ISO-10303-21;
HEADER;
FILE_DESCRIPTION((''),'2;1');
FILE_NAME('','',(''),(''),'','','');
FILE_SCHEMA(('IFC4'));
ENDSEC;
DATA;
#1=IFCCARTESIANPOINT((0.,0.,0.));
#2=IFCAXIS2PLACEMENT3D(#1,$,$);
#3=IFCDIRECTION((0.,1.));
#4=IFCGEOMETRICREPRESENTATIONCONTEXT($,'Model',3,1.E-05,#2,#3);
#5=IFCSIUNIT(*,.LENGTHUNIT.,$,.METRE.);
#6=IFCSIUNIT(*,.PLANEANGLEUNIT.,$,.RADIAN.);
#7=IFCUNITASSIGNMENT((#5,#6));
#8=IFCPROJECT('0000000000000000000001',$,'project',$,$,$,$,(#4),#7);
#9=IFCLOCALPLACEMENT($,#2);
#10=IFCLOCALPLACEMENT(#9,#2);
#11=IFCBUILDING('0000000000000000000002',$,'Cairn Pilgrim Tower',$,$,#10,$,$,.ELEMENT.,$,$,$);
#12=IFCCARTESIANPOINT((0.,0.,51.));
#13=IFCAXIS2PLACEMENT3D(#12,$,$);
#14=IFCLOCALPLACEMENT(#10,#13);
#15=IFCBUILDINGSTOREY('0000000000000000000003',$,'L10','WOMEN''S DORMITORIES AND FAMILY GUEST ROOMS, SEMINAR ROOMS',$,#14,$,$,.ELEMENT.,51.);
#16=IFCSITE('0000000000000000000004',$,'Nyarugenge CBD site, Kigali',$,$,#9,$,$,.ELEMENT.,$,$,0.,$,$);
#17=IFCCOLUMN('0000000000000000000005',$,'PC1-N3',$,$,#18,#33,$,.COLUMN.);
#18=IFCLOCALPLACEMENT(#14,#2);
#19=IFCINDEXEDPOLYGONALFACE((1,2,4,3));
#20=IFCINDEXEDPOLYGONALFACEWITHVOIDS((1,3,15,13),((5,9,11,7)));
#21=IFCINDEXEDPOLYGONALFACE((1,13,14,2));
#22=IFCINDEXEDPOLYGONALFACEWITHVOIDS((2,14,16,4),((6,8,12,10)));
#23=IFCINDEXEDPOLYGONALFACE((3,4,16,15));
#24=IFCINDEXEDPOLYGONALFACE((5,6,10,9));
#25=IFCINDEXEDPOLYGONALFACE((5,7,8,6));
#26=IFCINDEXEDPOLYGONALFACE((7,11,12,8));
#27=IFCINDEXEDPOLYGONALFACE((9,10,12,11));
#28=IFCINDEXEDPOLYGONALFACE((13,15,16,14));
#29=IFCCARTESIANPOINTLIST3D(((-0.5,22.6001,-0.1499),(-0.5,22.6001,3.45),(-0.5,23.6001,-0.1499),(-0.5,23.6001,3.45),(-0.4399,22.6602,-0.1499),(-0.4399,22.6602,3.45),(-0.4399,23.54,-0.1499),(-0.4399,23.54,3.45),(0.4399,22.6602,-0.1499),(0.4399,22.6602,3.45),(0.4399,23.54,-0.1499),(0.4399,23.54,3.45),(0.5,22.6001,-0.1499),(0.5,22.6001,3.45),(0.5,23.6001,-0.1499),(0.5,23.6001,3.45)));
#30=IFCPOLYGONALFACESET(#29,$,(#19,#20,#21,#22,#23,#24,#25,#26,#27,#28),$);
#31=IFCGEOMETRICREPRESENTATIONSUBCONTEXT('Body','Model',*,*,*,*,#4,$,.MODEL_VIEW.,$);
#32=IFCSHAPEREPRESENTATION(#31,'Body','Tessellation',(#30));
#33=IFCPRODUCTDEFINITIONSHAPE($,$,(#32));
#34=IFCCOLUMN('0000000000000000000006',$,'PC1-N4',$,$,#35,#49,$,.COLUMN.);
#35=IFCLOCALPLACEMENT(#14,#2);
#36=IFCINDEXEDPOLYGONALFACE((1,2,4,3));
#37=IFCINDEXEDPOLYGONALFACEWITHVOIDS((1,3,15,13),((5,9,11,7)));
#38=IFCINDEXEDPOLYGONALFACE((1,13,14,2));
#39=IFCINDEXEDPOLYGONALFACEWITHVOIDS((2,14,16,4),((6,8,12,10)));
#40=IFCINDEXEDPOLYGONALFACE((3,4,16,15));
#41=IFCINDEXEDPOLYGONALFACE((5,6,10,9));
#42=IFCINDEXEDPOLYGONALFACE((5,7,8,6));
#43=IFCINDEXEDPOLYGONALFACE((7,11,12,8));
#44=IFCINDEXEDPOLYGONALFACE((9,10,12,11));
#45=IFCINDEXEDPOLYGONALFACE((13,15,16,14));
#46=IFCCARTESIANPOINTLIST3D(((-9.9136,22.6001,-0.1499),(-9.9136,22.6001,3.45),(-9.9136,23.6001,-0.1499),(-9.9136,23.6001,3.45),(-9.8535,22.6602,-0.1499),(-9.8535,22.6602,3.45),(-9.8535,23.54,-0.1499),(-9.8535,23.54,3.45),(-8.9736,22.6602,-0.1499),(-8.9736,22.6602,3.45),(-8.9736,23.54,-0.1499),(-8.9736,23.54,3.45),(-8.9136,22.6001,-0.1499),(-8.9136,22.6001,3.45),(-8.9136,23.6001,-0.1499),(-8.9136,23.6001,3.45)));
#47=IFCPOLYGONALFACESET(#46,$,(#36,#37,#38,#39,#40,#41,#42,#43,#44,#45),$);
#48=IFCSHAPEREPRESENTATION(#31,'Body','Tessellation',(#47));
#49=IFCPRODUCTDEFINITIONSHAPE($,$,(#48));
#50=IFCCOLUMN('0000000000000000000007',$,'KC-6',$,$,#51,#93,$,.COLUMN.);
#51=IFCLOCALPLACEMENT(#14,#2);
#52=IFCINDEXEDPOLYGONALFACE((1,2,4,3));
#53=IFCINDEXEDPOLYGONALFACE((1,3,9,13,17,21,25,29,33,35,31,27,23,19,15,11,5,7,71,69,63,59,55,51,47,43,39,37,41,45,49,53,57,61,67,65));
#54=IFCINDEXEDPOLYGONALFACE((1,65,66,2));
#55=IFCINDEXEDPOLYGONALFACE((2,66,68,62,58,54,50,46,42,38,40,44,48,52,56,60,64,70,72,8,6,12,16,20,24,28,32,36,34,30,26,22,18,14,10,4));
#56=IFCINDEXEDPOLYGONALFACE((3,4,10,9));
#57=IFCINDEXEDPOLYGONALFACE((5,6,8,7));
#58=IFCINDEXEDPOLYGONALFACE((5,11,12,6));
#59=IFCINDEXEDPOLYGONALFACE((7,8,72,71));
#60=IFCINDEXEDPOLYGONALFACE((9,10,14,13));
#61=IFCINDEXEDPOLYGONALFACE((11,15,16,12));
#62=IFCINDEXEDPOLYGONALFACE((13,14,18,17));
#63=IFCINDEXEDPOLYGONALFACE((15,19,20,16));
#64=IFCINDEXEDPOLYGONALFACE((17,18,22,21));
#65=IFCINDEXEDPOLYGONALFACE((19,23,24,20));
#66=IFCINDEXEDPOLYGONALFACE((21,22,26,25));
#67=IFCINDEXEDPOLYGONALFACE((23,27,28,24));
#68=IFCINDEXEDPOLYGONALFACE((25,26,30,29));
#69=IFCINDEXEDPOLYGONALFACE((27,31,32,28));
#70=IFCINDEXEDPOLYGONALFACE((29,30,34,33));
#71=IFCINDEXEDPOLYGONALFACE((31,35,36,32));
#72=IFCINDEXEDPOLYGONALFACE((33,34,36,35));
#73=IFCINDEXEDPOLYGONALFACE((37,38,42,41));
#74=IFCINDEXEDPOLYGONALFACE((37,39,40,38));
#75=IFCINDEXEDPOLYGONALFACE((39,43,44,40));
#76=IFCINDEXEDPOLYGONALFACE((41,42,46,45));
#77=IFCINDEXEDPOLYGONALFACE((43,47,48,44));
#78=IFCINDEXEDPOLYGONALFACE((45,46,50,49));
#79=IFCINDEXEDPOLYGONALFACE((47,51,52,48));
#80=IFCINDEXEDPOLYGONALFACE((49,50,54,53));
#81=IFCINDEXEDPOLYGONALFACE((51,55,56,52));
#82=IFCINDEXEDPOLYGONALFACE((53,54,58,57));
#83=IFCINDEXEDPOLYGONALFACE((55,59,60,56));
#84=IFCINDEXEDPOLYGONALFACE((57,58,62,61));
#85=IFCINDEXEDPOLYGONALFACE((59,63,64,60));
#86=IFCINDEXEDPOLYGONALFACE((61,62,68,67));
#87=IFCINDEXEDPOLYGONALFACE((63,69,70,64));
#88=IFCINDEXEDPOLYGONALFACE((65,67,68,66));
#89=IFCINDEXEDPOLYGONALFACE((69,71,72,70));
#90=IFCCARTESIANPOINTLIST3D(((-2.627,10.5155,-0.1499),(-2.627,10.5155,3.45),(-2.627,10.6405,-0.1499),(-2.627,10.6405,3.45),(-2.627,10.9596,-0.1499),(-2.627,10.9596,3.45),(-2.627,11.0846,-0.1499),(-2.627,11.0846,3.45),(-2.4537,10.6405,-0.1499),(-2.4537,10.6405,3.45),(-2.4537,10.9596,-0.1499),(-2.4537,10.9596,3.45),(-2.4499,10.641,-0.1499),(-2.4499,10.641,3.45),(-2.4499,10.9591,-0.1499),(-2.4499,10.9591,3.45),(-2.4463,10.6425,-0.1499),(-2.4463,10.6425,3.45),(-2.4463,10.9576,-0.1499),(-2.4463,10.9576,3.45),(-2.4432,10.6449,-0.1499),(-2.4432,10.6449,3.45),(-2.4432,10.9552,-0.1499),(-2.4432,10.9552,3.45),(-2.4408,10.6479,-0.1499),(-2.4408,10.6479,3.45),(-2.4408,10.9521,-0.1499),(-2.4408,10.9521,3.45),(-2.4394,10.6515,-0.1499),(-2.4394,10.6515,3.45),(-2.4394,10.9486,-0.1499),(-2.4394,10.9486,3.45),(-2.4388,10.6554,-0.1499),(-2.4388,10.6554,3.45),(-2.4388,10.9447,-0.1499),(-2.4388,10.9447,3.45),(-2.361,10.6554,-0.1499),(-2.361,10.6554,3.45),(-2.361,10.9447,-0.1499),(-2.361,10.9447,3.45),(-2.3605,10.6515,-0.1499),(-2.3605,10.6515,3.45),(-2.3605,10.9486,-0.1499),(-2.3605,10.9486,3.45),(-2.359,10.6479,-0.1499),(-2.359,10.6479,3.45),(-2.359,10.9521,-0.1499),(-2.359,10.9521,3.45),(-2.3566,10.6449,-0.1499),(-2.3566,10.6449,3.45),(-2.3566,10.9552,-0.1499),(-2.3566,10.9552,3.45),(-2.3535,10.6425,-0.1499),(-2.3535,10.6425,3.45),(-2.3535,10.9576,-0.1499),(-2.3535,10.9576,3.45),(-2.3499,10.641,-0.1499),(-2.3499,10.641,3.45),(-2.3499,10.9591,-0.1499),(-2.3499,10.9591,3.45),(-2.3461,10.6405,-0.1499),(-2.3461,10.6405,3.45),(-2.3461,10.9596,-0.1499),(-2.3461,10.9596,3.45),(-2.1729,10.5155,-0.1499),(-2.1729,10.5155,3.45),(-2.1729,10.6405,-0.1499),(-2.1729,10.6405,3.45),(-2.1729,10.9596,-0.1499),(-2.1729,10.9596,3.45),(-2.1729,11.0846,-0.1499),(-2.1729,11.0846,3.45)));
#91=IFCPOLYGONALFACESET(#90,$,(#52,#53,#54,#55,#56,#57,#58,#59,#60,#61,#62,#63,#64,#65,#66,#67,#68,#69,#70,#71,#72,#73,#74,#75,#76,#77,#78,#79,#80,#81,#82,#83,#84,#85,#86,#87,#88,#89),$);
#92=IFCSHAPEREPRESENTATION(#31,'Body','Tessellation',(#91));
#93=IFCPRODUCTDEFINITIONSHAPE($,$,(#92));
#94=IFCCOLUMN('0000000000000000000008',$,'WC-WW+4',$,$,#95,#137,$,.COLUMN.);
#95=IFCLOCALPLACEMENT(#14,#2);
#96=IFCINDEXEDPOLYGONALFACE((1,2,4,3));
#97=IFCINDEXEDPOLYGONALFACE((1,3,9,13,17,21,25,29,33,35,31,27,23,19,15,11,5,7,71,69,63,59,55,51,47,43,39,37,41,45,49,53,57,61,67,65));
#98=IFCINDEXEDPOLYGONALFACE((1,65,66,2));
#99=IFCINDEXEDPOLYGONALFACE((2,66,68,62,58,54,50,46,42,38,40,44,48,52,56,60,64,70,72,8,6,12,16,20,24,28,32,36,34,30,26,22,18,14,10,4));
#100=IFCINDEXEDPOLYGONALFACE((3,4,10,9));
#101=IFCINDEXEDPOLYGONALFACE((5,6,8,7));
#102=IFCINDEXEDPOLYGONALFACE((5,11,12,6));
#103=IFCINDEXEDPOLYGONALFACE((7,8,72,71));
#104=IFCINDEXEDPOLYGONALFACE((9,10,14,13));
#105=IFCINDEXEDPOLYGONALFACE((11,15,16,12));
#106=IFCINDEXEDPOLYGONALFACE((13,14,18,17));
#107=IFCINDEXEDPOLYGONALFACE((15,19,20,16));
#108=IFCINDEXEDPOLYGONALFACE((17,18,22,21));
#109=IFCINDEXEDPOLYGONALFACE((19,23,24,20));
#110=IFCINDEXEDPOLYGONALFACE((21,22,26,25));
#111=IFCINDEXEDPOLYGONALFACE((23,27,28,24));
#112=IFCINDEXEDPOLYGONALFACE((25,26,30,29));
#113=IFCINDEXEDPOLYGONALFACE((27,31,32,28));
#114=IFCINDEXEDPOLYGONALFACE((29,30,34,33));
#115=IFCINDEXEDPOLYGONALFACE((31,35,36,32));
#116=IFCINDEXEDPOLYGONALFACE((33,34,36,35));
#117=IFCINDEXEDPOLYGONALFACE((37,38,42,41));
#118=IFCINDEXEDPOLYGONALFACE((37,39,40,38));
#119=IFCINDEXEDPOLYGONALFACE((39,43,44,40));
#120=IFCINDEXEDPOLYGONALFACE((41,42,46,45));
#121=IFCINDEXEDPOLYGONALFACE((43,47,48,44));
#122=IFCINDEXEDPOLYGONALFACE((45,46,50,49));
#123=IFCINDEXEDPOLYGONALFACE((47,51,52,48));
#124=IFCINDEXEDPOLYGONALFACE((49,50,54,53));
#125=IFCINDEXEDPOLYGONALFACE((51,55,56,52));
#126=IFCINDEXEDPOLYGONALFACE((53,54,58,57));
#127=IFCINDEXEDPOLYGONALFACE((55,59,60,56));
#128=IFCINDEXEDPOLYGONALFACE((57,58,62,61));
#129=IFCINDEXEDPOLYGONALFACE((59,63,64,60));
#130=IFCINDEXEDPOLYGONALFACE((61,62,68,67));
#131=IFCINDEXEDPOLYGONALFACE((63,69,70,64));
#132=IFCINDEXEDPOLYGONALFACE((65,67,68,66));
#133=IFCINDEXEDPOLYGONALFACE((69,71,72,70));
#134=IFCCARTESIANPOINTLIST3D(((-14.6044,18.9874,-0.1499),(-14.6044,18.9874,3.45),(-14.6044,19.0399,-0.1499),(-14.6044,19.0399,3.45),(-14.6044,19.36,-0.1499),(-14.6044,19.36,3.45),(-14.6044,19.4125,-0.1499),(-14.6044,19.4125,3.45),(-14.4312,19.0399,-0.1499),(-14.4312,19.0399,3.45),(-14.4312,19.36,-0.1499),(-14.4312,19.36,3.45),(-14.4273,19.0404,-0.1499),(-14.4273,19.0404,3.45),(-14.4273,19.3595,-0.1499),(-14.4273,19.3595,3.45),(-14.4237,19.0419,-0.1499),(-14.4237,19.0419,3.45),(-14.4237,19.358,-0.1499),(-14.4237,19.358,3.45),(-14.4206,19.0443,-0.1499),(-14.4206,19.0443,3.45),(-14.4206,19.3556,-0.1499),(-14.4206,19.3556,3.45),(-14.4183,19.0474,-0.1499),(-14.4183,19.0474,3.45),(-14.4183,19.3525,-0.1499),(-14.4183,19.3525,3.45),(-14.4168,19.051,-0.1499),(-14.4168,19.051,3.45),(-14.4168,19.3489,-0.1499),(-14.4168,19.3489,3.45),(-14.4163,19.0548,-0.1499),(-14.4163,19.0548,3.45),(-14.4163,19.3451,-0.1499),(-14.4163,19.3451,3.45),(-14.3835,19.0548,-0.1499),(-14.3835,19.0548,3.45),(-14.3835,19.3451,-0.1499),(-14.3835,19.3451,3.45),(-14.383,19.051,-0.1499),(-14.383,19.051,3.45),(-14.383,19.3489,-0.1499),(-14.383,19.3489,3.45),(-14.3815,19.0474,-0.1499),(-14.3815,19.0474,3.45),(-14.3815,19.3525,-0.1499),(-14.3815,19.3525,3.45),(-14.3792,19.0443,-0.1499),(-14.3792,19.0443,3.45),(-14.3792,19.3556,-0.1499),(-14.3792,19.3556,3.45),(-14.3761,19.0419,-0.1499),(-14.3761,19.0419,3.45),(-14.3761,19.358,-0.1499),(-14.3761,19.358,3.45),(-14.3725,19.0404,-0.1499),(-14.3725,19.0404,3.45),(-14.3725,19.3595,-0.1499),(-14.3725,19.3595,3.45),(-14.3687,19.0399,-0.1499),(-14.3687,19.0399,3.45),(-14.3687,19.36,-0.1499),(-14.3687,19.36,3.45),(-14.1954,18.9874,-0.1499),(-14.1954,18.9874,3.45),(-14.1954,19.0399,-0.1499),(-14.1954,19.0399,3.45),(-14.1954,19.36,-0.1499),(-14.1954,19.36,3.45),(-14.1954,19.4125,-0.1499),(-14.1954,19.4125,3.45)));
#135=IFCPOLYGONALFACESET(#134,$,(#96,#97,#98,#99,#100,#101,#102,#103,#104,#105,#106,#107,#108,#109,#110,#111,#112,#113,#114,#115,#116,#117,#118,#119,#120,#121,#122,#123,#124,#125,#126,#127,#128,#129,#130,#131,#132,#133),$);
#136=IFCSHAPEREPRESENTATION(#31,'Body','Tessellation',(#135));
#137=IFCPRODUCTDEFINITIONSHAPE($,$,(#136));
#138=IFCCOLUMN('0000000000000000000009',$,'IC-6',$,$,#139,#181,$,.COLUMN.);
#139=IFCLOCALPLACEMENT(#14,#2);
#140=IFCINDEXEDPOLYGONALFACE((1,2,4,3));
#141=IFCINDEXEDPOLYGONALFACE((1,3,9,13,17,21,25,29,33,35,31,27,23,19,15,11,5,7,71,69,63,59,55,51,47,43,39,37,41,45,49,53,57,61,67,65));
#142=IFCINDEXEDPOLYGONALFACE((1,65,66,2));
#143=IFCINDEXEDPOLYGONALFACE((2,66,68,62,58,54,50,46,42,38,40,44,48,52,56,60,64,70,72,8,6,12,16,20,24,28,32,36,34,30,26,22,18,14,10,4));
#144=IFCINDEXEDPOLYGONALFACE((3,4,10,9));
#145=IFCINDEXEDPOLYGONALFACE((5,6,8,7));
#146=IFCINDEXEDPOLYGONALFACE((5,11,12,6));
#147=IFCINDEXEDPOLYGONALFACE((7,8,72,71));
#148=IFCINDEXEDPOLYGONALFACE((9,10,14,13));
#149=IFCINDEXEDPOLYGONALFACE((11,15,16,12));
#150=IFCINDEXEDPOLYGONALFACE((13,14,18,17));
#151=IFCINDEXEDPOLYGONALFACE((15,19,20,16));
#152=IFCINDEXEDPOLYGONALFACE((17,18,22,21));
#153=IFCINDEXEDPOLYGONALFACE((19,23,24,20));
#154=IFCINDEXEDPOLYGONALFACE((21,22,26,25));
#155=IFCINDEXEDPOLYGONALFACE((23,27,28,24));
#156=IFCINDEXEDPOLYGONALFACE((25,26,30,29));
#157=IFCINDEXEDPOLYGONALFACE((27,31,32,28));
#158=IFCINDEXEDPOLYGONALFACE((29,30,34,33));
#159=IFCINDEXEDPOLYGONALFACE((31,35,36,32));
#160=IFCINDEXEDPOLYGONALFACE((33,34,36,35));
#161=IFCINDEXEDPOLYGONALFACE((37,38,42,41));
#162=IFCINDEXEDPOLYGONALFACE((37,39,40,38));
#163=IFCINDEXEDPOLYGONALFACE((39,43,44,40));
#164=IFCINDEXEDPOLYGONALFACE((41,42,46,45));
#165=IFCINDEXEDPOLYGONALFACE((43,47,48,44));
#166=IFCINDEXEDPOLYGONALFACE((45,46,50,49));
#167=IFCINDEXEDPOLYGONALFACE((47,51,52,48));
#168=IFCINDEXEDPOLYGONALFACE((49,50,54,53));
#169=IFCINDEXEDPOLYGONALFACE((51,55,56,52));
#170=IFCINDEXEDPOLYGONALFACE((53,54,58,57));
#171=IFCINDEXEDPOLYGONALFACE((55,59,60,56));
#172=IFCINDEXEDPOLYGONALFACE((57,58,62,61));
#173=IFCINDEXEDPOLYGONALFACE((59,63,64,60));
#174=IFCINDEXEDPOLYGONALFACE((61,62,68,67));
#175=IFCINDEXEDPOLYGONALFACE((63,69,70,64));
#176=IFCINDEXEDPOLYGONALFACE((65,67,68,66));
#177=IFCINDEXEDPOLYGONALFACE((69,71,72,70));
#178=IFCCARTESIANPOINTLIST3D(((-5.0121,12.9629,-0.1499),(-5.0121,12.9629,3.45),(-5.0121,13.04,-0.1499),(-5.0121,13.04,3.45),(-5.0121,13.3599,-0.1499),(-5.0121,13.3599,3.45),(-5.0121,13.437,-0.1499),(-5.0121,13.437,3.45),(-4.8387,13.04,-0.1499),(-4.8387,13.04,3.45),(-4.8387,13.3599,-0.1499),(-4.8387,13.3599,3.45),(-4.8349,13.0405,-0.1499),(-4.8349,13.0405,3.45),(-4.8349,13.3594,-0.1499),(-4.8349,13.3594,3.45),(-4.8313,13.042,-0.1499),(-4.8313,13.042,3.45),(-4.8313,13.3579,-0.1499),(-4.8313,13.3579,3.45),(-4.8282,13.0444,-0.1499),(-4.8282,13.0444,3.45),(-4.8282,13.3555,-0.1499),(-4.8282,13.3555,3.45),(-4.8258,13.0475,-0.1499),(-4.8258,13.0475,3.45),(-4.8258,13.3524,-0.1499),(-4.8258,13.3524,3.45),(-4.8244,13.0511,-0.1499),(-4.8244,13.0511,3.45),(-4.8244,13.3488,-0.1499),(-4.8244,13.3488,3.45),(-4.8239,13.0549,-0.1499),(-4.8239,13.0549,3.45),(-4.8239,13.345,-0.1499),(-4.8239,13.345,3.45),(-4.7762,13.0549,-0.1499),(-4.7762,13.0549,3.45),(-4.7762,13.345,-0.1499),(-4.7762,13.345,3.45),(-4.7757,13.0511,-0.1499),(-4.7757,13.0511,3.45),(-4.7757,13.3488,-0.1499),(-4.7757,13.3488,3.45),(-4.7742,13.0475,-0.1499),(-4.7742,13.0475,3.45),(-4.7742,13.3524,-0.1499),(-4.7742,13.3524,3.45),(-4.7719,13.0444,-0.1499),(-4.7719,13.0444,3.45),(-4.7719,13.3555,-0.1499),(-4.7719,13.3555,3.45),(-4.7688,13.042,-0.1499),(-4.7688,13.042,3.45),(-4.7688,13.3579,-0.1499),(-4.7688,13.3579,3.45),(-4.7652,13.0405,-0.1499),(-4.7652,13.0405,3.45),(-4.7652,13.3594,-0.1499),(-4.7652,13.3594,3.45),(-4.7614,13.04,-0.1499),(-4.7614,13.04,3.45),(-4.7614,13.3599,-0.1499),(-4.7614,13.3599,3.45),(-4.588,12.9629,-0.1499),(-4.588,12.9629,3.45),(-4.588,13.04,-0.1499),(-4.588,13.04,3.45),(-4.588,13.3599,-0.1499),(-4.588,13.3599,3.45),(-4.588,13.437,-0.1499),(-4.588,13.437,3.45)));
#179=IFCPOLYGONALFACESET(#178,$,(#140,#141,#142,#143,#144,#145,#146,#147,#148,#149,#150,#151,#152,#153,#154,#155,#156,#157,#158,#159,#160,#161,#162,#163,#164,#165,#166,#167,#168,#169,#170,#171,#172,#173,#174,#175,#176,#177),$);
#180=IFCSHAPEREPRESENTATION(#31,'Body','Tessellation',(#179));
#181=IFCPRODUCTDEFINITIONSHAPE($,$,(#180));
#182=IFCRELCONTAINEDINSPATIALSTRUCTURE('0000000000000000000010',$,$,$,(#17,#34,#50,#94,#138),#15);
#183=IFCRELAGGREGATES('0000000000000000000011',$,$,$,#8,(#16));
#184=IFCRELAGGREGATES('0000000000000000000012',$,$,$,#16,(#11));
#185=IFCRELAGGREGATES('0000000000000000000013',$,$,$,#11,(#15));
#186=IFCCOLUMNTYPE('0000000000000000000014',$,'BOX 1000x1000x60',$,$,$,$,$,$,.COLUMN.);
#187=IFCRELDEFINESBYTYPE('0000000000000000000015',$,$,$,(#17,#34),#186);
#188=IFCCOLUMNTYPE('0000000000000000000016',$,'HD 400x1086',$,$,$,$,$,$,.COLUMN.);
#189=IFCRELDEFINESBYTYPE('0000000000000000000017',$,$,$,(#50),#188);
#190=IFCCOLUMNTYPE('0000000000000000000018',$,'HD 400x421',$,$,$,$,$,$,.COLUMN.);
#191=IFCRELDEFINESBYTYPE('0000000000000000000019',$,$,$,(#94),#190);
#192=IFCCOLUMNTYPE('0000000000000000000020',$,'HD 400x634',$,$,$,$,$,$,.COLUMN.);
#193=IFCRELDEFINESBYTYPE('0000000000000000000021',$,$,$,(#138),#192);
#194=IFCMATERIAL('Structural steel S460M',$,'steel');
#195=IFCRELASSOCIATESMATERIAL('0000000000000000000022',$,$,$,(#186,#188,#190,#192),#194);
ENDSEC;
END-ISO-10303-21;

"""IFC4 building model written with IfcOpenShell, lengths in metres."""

from ifc_helpers import new_model, si_unit, direction, frame, origin, origin_2d, place, context, subcontext, project, spatial, hollow_rectangle, i_section, extrude, material, material_profile, profile_set, type_object, element, save


model = new_model("IFC4")

# Units and contexts
model_context = context("Model", 3, precision=1e-05, world=origin(), true_north=direction((0.0, 1.0)))
body_context = subcontext(model_context, "Body", "Model", "MODEL_VIEW")
ifc_project = project(units=[si_unit("LENGTHUNIT", "METRE"), si_unit("PLANEANGLEUNIT", "RADIAN")], contexts=[model_context])

# Site, building, storey
site_placement = place(None, origin())
site = spatial("IfcSite", under=ifc_project, at=site_placement, Name="Nyarugenge CBD site, Kigali", CompositionType="ELEMENT", RefElevation=0.0)
building_placement = place(site_placement, origin())
building = spatial("IfcBuilding", under=site, at=building_placement, Name="Cairn Pilgrim Tower", CompositionType="ELEMENT")
storey_placement = place(building_placement, frame((0.0, 0.0, 51.0)))
storey = spatial("IfcBuildingStorey", under=building, at=storey_placement, Name="L10", Description="WOMEN'S DORMITORIES AND FAMILY GUEST ROOMS, SEMINAR ROOMS", CompositionType="ELEMENT", Elevation=51.0)

# Columns
ifc_material_1 = material(Name="Structural steel S460M", Category="steel")
ifc_material_profile_1 = material_profile(ifc_material_1, hollow_rectangle(XDim=1.0, YDim=1.0, WallThickness=0.0601, at=origin_2d()), Name="BOX 1000x1000x60")
ifc_profile_set_1 = profile_set([ifc_material_profile_1], Name="Structural steel S460M")
column_type_1 = type_object("IfcColumnType", Name="BOX 1000x1000x60", PredefinedType="COLUMN", material=ifc_profile_set_1)
for number, where, z_axis, x_axis, name in (
    (1, (0.0, 23.1001, -0.1499), (0.0, 0.0, 1.0), (1.0, 0.0, 0.0), "PC1-N3"),
    (2, (-9.4136, 23.1001, -0.1499), (0.0, 0.0, 1.0), (1.0, 0.0, 0.0), "PC1-N4"),
):
    element("IfcColumn", number, at=place(storey_placement, frame(where, z_axis=z_axis, x_axis=x_axis)), inside=storey, type_object=column_type_1, Name=name, PredefinedType="COLUMN", context=body_context, shape_type="SweptSolid", body=[
        extrude(hollow_rectangle(XDim=1.0, YDim=1.0, WallThickness=0.0601, at=origin_2d()), origin(), (0.0, 0.0, 1.0), 3.5999),
    ])
ifc_material_profile_2 = material_profile(ifc_material_1, i_section(OverallWidth=0.4541, OverallDepth=0.5691, WebThickness=0.0779, FlangeThickness=0.125, FilletRadius=0.0149, at=origin_2d()), Name="HD 400x1086")
ifc_profile_set_2 = profile_set([ifc_material_profile_2], Name="Structural steel S460M")
column_type_2 = type_object("IfcColumnType", Name="HD 400x1086", PredefinedType="COLUMN", material=ifc_profile_set_2)
column_1_placement = place(storey_placement, frame((-2.3999, 10.8, -0.1499), z_axis=(0.0, 0.0, 1.0), x_axis=(1.0, 0.0, 0.0)))
element("IfcColumn", 3, at=column_1_placement, inside=storey, type_object=column_type_2, Name="KC-6", PredefinedType="COLUMN", context=body_context, shape_type="SweptSolid", body=[
    extrude(i_section(OverallWidth=0.4541, OverallDepth=0.5691, WebThickness=0.0779, FlangeThickness=0.125, FilletRadius=0.0149, at=origin_2d()), origin(), (0.0, 0.0, 1.0), 3.5999),
])
ifc_material_profile_3 = material_profile(ifc_material_1, i_section(OverallWidth=0.4089, OverallDepth=0.425, WebThickness=0.0327, FlangeThickness=0.0525, FilletRadius=0.0149, at=origin_2d()), Name="HD 400x421")
ifc_profile_set_3 = profile_set([ifc_material_profile_3], Name="Structural steel S460M")
column_type_3 = type_object("IfcColumnType", Name="HD 400x421", PredefinedType="COLUMN", material=ifc_profile_set_3)
column_2_placement = place(storey_placement, frame((-14.3999, 19.2, -0.1499), z_axis=(0.0, 0.0, 1.0), x_axis=(1.0, 0.0, 0.0)))
element("IfcColumn", 4, at=column_2_placement, inside=storey, type_object=column_type_3, Name="WC-WW+4", PredefinedType="COLUMN", context=body_context, shape_type="SweptSolid", body=[
    extrude(i_section(OverallWidth=0.4089, OverallDepth=0.425, WebThickness=0.0327, FlangeThickness=0.0525, FilletRadius=0.0149, at=origin_2d()), origin(), (0.0, 0.0, 1.0), 3.5999),
])
ifc_material_profile_4 = material_profile(ifc_material_1, i_section(OverallWidth=0.4241, OverallDepth=0.4741, WebThickness=0.0476, FlangeThickness=0.0771, FilletRadius=0.0149, at=origin_2d()), Name="HD 400x634")
ifc_profile_set_4 = profile_set([ifc_material_profile_4], Name="Structural steel S460M")
column_type_4 = type_object("IfcColumnType", Name="HD 400x634", PredefinedType="COLUMN", material=ifc_profile_set_4)
column_3_placement = place(storey_placement, frame((-4.8, 13.2, -0.1499), z_axis=(0.0, 0.0, 1.0), x_axis=(1.0, 0.0, 0.0)))
element("IfcColumn", 5, at=column_3_placement, inside=storey, type_object=column_type_4, Name="IC-6", PredefinedType="COLUMN", context=body_context, shape_type="SweptSolid", body=[
    extrude(i_section(OverallWidth=0.4241, OverallDepth=0.4741, WebThickness=0.0476, FlangeThickness=0.0771, FilletRadius=0.0149, at=origin_2d()), origin(), (0.0, 0.0, 1.0), 3.5999),
])

save(model, "model.ifc")
